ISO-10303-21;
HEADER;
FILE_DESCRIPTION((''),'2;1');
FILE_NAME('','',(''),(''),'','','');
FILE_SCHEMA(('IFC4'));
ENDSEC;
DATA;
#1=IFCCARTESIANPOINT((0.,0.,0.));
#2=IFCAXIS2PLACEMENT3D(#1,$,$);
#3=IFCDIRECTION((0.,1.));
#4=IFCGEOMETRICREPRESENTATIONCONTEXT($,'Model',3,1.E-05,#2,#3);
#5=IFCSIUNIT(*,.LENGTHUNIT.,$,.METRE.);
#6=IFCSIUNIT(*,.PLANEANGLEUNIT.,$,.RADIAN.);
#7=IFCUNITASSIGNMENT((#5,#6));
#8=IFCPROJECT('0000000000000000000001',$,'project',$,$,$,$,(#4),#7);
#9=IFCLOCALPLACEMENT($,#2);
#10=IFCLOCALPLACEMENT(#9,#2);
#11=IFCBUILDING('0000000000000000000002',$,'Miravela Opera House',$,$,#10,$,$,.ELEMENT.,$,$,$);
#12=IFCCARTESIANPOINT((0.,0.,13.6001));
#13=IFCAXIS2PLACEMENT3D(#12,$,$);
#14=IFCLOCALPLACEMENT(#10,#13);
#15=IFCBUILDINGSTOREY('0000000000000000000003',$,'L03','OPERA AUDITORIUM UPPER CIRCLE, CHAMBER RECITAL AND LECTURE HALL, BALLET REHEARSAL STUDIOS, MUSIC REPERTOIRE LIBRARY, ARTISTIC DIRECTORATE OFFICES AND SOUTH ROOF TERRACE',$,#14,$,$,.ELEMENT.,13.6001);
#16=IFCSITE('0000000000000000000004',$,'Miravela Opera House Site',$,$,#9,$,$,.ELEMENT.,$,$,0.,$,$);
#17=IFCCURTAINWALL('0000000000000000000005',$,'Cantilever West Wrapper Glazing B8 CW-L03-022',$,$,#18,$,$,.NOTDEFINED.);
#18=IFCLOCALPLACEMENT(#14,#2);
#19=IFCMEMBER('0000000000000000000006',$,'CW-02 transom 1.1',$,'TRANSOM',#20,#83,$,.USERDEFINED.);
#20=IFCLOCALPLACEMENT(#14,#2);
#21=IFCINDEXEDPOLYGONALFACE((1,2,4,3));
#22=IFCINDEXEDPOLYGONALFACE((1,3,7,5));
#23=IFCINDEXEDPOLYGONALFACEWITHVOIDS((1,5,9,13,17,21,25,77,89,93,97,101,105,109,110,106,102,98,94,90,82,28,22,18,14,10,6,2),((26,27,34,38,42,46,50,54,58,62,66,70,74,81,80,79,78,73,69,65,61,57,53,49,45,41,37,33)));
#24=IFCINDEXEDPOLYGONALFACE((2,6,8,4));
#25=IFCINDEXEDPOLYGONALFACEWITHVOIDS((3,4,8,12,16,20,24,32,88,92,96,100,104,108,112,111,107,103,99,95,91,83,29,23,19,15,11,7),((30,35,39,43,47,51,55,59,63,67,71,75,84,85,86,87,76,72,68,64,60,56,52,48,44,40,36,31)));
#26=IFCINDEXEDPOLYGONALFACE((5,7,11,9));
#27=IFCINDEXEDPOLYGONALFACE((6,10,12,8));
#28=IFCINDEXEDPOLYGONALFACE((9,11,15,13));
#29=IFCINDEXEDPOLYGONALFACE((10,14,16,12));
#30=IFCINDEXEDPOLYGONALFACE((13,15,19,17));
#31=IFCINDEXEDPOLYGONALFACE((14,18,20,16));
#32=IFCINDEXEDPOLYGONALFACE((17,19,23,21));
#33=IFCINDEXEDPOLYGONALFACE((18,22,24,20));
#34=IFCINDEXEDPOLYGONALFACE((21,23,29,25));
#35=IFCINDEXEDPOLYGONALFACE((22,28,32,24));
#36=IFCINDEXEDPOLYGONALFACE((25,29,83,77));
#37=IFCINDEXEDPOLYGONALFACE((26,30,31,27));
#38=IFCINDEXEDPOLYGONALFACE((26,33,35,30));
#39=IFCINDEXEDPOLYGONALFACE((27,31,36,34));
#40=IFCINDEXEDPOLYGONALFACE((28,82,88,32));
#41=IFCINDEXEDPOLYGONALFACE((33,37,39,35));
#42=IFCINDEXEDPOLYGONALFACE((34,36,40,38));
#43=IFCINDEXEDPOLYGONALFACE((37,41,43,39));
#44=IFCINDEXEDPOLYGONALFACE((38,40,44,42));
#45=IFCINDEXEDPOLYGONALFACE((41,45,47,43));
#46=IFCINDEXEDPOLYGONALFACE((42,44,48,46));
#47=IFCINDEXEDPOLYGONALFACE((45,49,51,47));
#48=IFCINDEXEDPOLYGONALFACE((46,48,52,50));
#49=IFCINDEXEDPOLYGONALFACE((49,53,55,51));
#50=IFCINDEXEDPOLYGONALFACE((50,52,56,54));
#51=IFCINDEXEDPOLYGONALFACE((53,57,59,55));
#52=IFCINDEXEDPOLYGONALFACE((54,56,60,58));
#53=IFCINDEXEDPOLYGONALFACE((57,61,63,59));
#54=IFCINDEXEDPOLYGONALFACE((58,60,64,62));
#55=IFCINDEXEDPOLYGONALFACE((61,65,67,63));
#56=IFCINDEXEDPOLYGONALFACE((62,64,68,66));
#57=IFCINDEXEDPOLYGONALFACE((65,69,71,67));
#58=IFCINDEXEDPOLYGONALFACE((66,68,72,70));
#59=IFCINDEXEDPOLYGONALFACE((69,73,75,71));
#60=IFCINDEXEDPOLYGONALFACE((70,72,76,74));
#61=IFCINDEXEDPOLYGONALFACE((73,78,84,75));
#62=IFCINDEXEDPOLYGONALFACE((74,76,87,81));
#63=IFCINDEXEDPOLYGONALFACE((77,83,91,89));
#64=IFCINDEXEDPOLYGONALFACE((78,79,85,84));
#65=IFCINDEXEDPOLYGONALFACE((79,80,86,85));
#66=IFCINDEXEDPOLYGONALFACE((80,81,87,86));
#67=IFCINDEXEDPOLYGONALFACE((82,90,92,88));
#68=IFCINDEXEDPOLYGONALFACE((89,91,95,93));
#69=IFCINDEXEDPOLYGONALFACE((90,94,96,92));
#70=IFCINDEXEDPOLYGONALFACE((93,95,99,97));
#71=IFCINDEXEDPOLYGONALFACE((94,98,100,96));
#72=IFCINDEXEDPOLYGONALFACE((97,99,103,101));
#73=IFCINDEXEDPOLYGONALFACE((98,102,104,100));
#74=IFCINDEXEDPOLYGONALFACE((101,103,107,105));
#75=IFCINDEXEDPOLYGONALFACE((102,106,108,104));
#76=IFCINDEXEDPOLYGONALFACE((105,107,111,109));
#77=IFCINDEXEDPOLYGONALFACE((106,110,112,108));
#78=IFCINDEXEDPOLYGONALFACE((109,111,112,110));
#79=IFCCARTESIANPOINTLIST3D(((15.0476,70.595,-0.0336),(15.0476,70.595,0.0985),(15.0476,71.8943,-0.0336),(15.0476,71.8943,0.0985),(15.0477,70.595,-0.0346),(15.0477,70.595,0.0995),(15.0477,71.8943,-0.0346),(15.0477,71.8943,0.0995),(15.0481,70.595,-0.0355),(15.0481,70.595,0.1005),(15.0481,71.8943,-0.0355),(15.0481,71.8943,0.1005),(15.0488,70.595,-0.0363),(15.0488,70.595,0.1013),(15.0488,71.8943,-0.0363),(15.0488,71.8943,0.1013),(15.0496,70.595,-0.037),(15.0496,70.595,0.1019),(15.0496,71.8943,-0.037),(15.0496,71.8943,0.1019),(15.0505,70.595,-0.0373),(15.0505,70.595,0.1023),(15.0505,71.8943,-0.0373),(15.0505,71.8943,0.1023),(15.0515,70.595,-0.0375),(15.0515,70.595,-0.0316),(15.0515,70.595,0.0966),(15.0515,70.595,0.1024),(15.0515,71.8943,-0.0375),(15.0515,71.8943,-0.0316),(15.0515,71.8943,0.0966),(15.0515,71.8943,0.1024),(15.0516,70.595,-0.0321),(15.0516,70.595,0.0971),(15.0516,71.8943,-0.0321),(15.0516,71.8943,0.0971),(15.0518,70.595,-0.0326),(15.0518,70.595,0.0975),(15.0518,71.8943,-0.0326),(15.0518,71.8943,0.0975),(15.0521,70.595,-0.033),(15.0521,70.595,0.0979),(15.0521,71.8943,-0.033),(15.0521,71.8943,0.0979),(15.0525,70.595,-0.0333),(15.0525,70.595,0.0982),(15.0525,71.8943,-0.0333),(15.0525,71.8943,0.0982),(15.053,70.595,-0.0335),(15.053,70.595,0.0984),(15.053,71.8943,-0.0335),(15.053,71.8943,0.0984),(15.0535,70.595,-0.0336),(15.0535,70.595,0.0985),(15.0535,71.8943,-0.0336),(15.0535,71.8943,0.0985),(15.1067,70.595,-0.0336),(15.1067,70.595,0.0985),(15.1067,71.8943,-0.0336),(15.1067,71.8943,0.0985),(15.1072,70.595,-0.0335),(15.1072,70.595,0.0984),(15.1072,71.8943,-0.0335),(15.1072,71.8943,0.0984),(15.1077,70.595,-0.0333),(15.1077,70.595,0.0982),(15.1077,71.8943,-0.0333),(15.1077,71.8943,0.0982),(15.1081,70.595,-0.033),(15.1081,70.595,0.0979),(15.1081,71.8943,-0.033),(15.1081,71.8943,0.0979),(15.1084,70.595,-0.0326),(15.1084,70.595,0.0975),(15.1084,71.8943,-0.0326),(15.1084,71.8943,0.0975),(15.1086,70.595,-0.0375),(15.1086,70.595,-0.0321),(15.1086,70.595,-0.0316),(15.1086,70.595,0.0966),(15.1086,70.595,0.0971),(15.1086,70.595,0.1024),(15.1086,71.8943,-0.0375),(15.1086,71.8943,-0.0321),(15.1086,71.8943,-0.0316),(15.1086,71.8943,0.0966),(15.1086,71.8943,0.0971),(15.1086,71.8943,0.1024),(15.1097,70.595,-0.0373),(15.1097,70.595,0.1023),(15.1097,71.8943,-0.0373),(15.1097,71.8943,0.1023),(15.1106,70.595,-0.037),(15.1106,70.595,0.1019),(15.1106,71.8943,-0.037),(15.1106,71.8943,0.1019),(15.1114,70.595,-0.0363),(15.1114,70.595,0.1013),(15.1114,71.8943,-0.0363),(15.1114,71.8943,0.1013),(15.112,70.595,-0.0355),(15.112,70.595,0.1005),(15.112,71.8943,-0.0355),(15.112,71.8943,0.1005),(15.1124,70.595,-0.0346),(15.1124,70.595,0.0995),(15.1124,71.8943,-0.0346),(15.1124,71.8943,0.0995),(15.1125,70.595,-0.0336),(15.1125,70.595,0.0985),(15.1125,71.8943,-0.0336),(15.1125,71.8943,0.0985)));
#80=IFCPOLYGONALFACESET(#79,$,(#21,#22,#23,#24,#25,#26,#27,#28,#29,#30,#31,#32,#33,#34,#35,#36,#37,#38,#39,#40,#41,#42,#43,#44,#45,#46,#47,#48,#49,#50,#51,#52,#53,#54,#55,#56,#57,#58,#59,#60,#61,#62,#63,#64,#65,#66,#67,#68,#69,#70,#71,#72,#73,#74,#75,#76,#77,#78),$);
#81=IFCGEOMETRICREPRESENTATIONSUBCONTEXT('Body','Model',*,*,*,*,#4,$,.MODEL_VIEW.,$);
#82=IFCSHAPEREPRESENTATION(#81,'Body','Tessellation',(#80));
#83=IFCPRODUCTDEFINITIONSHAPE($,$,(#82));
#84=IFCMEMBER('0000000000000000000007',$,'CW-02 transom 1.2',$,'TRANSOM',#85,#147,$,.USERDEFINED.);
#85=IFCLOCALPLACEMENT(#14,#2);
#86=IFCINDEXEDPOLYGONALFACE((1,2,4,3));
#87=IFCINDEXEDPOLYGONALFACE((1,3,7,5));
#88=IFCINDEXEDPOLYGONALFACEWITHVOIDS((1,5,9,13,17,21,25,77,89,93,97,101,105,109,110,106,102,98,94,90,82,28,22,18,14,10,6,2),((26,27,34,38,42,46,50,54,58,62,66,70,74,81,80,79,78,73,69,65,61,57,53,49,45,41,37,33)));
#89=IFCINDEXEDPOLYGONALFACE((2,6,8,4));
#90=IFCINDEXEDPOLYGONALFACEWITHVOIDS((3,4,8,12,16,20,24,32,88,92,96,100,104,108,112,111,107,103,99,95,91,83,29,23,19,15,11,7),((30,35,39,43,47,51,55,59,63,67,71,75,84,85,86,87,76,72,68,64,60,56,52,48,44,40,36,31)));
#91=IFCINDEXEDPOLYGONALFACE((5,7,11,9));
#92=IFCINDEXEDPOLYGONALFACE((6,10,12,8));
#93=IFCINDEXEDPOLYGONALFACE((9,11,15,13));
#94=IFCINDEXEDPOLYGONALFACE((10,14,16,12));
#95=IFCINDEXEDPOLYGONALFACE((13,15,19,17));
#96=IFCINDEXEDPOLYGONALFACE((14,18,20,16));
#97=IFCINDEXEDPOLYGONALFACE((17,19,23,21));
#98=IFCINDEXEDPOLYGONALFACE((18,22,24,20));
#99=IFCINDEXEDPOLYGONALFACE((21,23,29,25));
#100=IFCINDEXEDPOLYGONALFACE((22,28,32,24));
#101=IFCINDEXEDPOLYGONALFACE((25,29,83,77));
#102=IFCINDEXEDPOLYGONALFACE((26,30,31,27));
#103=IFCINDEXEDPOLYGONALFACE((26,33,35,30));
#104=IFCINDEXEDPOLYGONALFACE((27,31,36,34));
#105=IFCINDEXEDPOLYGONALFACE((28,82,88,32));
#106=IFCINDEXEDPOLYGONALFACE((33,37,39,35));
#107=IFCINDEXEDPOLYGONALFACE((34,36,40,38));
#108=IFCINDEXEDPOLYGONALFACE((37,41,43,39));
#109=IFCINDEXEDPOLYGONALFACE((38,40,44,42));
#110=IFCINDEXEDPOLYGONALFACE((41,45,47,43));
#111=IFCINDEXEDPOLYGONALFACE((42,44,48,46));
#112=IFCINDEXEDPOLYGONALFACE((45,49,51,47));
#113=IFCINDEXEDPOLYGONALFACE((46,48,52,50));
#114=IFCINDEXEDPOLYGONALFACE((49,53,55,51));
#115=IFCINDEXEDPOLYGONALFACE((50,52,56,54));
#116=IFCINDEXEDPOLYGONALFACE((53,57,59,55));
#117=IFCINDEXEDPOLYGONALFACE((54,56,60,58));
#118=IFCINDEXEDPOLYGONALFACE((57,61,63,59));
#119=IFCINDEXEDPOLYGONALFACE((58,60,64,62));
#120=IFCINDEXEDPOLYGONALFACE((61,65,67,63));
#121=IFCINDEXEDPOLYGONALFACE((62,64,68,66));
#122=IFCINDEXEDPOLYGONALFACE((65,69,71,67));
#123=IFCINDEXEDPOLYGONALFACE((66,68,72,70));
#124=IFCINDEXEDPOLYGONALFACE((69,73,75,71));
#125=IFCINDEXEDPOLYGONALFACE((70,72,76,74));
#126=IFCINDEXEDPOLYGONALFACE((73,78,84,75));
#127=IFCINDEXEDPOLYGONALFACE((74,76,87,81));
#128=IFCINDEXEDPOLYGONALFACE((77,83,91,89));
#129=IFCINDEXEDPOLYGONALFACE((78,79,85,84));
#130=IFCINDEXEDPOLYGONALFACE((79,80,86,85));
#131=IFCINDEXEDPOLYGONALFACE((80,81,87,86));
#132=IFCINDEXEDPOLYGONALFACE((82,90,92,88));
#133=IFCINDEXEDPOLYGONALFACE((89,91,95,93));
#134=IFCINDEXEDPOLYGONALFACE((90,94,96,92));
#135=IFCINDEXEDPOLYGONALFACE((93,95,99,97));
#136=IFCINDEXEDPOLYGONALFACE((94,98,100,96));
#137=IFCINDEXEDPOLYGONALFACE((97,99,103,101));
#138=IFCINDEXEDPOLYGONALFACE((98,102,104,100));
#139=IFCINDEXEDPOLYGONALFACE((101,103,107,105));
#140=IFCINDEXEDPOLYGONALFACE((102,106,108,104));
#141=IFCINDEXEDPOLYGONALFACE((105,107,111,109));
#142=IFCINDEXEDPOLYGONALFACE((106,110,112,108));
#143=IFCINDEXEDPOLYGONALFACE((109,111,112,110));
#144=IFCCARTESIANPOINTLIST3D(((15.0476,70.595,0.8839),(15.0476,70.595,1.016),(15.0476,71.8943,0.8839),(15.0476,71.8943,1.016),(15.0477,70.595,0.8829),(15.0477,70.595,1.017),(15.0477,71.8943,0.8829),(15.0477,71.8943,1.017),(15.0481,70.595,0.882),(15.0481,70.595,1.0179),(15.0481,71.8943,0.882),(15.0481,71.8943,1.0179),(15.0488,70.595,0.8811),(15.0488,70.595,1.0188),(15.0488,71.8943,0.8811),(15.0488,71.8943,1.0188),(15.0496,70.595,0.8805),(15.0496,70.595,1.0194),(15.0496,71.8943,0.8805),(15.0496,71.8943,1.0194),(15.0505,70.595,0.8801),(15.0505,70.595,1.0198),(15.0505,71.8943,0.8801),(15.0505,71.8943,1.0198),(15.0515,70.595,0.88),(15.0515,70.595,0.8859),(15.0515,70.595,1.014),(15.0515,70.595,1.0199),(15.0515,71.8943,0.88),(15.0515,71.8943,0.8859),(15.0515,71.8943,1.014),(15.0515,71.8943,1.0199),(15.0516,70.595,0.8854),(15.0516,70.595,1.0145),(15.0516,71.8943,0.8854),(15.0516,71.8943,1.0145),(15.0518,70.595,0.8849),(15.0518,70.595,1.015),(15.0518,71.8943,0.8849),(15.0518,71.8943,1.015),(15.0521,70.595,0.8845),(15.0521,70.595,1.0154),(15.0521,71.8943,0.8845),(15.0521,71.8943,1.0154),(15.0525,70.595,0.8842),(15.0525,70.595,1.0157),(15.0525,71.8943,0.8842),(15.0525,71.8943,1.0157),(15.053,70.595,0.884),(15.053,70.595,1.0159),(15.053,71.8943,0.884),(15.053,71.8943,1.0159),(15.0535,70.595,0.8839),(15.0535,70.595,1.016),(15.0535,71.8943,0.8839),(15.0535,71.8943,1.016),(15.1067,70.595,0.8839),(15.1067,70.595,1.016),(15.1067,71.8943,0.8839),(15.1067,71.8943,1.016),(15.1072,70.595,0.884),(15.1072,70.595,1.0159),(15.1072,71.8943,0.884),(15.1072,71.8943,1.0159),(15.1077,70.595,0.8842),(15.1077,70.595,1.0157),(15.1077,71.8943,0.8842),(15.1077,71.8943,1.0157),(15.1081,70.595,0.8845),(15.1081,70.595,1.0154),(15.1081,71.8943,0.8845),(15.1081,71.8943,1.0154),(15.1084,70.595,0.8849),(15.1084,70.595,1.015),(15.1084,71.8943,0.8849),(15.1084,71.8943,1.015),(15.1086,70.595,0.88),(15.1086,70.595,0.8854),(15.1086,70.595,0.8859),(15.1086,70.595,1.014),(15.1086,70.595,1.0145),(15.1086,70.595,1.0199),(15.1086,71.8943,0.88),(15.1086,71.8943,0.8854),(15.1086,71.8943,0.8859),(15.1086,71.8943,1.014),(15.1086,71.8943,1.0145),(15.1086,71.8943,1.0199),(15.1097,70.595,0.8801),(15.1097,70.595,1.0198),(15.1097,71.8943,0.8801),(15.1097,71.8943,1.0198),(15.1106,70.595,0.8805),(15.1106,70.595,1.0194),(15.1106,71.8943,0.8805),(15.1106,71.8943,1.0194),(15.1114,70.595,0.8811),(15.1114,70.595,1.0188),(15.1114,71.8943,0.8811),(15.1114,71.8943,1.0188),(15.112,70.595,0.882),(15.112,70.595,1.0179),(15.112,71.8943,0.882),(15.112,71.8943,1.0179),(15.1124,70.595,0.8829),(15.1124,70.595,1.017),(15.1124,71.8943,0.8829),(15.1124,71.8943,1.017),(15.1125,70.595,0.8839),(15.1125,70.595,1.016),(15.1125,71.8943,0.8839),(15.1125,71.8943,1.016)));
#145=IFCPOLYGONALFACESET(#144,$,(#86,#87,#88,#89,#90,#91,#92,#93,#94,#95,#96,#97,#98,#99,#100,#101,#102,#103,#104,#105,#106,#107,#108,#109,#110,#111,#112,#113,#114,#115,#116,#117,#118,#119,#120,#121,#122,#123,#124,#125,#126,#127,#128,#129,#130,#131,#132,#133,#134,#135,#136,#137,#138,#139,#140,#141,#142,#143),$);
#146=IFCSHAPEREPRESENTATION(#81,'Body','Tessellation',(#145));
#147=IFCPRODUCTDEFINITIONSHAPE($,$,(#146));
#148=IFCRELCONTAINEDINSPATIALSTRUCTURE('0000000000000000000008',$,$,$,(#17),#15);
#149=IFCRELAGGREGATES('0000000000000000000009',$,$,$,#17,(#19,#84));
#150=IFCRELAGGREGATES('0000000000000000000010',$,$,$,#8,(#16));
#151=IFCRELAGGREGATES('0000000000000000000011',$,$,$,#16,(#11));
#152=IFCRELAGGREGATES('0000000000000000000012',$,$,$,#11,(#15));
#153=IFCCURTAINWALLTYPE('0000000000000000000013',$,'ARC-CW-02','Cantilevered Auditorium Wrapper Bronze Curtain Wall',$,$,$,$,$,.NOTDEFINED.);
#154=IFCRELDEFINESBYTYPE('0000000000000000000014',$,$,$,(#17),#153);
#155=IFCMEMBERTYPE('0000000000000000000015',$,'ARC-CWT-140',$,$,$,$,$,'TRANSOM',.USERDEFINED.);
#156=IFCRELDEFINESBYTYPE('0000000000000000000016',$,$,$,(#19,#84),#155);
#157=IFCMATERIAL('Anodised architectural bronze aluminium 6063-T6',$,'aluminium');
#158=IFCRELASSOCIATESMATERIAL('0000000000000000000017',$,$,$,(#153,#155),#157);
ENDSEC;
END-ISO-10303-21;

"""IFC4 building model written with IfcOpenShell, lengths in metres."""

from ifc_helpers import new_model, si_unit, direction, frame, origin, origin_2d, place, context, subcontext, project, spatial, hollow_rectangle, extrude, material, material_profile, profile_set, type_object, element, aggregate, save


model = new_model("IFC4")

# Units and contexts
model_context = context("Model", 3, precision=1e-05, world=origin(), true_north=direction((0.0, 1.0)))
body_context = subcontext(model_context, "Body", "Model", "MODEL_VIEW")
ifc_project = project(units=[si_unit("LENGTHUNIT", "METRE"), si_unit("PLANEANGLEUNIT", "RADIAN")], contexts=[model_context])

# Site, building, storey
site_placement = place(None, origin())
site = spatial("IfcSite", under=ifc_project, at=site_placement, Name="Miravela Opera House Site", CompositionType="ELEMENT", RefElevation=0.0)
building_placement = place(site_placement, origin())
building = spatial("IfcBuilding", under=site, at=building_placement, Name="Miravela Opera House", CompositionType="ELEMENT")
storey_placement = place(building_placement, frame((0.0, 0.0, 13.6001)))
storey = spatial("IfcBuildingStorey", under=building, at=storey_placement, Name="L03", Description="OPERA AUDITORIUM UPPER CIRCLE, CHAMBER RECITAL AND LECTURE HALL, BALLET REHEARSAL STUDIOS, MUSIC REPERTOIRE LIBRARY, ARTISTIC DIRECTORATE OFFICES AND SOUTH ROOF TERRACE", CompositionType="ELEMENT", Elevation=13.6001)

# Shared definitions
ifc_material_1 = material(Name="Anodised architectural bronze aluminium 6063-T6", Category="aluminium")
curtain_wall_type = type_object("IfcCurtainWallType", Name="ARC-CW-02", Description="Cantilevered Auditorium Wrapper Bronze Curtain Wall", PredefinedType="NOTDEFINED", material=ifc_material_1)

# Curtain wall
curtain_wall_1_placement = place(storey_placement, origin())
curtain_wall_1 = element("IfcCurtainWall", 1, at=curtain_wall_1_placement, inside=storey, type_object=curtain_wall_type, Name="Cantilever West Wrapper Glazing B8 CW-L03-022", PredefinedType="NOTDEFINED")

# Members
ifc_material_profile_1 = material_profile(ifc_material_1, hollow_rectangle(XDim=0.0649, YDim=0.1399, WallThickness=0.0039, InnerFilletRadius=0.002, OuterFilletRadius=0.0039, at=origin_2d()), Name="CWT-65X140")
ifc_profile_set_1 = profile_set([ifc_material_profile_1])
member_type_1 = type_object("IfcMemberType", Name="ARC-CWT-140", ElementType="TRANSOM", PredefinedType="USERDEFINED", material=ifc_profile_set_1)
member_1_placement = place(storey_placement, frame((15.0801, 70.595, 0.0325), z_axis=(0.0, 1.0, 0.0), x_axis=(-1.0, 0.0, 0.0)))
member_1 = element("IfcMember", 2, at=member_1_placement, type_object=member_type_1, Name="CW-02 transom 1.1", ObjectType="TRANSOM", PredefinedType="USERDEFINED", context=body_context, shape_type="SweptSolid", body=[
    extrude(hollow_rectangle(XDim=0.0649, YDim=0.1399, WallThickness=0.0039, InnerFilletRadius=0.002, OuterFilletRadius=0.0039, at=origin_2d()), origin(), (0.0, 0.0, 1.0), 1.2993),
])
member_2_placement = place(storey_placement, frame((15.0801, 70.595, 0.95), z_axis=(0.0, 1.0, 0.0), x_axis=(-1.0, 0.0, 0.0)))
member_2 = element("IfcMember", 3, at=member_2_placement, type_object=member_type_1, Name="CW-02 transom 1.2", ObjectType="TRANSOM", PredefinedType="USERDEFINED", context=body_context, shape_type="SweptSolid", body=[
    extrude(hollow_rectangle(XDim=0.0649, YDim=0.1399, WallThickness=0.0039, InnerFilletRadius=0.002, OuterFilletRadius=0.0039, at=origin_2d()), origin(), (0.0, 0.0, 1.0), 1.2993),
])
aggregate(curtain_wall_1, [member_1, member_2])

save(model, "model.ifc")
